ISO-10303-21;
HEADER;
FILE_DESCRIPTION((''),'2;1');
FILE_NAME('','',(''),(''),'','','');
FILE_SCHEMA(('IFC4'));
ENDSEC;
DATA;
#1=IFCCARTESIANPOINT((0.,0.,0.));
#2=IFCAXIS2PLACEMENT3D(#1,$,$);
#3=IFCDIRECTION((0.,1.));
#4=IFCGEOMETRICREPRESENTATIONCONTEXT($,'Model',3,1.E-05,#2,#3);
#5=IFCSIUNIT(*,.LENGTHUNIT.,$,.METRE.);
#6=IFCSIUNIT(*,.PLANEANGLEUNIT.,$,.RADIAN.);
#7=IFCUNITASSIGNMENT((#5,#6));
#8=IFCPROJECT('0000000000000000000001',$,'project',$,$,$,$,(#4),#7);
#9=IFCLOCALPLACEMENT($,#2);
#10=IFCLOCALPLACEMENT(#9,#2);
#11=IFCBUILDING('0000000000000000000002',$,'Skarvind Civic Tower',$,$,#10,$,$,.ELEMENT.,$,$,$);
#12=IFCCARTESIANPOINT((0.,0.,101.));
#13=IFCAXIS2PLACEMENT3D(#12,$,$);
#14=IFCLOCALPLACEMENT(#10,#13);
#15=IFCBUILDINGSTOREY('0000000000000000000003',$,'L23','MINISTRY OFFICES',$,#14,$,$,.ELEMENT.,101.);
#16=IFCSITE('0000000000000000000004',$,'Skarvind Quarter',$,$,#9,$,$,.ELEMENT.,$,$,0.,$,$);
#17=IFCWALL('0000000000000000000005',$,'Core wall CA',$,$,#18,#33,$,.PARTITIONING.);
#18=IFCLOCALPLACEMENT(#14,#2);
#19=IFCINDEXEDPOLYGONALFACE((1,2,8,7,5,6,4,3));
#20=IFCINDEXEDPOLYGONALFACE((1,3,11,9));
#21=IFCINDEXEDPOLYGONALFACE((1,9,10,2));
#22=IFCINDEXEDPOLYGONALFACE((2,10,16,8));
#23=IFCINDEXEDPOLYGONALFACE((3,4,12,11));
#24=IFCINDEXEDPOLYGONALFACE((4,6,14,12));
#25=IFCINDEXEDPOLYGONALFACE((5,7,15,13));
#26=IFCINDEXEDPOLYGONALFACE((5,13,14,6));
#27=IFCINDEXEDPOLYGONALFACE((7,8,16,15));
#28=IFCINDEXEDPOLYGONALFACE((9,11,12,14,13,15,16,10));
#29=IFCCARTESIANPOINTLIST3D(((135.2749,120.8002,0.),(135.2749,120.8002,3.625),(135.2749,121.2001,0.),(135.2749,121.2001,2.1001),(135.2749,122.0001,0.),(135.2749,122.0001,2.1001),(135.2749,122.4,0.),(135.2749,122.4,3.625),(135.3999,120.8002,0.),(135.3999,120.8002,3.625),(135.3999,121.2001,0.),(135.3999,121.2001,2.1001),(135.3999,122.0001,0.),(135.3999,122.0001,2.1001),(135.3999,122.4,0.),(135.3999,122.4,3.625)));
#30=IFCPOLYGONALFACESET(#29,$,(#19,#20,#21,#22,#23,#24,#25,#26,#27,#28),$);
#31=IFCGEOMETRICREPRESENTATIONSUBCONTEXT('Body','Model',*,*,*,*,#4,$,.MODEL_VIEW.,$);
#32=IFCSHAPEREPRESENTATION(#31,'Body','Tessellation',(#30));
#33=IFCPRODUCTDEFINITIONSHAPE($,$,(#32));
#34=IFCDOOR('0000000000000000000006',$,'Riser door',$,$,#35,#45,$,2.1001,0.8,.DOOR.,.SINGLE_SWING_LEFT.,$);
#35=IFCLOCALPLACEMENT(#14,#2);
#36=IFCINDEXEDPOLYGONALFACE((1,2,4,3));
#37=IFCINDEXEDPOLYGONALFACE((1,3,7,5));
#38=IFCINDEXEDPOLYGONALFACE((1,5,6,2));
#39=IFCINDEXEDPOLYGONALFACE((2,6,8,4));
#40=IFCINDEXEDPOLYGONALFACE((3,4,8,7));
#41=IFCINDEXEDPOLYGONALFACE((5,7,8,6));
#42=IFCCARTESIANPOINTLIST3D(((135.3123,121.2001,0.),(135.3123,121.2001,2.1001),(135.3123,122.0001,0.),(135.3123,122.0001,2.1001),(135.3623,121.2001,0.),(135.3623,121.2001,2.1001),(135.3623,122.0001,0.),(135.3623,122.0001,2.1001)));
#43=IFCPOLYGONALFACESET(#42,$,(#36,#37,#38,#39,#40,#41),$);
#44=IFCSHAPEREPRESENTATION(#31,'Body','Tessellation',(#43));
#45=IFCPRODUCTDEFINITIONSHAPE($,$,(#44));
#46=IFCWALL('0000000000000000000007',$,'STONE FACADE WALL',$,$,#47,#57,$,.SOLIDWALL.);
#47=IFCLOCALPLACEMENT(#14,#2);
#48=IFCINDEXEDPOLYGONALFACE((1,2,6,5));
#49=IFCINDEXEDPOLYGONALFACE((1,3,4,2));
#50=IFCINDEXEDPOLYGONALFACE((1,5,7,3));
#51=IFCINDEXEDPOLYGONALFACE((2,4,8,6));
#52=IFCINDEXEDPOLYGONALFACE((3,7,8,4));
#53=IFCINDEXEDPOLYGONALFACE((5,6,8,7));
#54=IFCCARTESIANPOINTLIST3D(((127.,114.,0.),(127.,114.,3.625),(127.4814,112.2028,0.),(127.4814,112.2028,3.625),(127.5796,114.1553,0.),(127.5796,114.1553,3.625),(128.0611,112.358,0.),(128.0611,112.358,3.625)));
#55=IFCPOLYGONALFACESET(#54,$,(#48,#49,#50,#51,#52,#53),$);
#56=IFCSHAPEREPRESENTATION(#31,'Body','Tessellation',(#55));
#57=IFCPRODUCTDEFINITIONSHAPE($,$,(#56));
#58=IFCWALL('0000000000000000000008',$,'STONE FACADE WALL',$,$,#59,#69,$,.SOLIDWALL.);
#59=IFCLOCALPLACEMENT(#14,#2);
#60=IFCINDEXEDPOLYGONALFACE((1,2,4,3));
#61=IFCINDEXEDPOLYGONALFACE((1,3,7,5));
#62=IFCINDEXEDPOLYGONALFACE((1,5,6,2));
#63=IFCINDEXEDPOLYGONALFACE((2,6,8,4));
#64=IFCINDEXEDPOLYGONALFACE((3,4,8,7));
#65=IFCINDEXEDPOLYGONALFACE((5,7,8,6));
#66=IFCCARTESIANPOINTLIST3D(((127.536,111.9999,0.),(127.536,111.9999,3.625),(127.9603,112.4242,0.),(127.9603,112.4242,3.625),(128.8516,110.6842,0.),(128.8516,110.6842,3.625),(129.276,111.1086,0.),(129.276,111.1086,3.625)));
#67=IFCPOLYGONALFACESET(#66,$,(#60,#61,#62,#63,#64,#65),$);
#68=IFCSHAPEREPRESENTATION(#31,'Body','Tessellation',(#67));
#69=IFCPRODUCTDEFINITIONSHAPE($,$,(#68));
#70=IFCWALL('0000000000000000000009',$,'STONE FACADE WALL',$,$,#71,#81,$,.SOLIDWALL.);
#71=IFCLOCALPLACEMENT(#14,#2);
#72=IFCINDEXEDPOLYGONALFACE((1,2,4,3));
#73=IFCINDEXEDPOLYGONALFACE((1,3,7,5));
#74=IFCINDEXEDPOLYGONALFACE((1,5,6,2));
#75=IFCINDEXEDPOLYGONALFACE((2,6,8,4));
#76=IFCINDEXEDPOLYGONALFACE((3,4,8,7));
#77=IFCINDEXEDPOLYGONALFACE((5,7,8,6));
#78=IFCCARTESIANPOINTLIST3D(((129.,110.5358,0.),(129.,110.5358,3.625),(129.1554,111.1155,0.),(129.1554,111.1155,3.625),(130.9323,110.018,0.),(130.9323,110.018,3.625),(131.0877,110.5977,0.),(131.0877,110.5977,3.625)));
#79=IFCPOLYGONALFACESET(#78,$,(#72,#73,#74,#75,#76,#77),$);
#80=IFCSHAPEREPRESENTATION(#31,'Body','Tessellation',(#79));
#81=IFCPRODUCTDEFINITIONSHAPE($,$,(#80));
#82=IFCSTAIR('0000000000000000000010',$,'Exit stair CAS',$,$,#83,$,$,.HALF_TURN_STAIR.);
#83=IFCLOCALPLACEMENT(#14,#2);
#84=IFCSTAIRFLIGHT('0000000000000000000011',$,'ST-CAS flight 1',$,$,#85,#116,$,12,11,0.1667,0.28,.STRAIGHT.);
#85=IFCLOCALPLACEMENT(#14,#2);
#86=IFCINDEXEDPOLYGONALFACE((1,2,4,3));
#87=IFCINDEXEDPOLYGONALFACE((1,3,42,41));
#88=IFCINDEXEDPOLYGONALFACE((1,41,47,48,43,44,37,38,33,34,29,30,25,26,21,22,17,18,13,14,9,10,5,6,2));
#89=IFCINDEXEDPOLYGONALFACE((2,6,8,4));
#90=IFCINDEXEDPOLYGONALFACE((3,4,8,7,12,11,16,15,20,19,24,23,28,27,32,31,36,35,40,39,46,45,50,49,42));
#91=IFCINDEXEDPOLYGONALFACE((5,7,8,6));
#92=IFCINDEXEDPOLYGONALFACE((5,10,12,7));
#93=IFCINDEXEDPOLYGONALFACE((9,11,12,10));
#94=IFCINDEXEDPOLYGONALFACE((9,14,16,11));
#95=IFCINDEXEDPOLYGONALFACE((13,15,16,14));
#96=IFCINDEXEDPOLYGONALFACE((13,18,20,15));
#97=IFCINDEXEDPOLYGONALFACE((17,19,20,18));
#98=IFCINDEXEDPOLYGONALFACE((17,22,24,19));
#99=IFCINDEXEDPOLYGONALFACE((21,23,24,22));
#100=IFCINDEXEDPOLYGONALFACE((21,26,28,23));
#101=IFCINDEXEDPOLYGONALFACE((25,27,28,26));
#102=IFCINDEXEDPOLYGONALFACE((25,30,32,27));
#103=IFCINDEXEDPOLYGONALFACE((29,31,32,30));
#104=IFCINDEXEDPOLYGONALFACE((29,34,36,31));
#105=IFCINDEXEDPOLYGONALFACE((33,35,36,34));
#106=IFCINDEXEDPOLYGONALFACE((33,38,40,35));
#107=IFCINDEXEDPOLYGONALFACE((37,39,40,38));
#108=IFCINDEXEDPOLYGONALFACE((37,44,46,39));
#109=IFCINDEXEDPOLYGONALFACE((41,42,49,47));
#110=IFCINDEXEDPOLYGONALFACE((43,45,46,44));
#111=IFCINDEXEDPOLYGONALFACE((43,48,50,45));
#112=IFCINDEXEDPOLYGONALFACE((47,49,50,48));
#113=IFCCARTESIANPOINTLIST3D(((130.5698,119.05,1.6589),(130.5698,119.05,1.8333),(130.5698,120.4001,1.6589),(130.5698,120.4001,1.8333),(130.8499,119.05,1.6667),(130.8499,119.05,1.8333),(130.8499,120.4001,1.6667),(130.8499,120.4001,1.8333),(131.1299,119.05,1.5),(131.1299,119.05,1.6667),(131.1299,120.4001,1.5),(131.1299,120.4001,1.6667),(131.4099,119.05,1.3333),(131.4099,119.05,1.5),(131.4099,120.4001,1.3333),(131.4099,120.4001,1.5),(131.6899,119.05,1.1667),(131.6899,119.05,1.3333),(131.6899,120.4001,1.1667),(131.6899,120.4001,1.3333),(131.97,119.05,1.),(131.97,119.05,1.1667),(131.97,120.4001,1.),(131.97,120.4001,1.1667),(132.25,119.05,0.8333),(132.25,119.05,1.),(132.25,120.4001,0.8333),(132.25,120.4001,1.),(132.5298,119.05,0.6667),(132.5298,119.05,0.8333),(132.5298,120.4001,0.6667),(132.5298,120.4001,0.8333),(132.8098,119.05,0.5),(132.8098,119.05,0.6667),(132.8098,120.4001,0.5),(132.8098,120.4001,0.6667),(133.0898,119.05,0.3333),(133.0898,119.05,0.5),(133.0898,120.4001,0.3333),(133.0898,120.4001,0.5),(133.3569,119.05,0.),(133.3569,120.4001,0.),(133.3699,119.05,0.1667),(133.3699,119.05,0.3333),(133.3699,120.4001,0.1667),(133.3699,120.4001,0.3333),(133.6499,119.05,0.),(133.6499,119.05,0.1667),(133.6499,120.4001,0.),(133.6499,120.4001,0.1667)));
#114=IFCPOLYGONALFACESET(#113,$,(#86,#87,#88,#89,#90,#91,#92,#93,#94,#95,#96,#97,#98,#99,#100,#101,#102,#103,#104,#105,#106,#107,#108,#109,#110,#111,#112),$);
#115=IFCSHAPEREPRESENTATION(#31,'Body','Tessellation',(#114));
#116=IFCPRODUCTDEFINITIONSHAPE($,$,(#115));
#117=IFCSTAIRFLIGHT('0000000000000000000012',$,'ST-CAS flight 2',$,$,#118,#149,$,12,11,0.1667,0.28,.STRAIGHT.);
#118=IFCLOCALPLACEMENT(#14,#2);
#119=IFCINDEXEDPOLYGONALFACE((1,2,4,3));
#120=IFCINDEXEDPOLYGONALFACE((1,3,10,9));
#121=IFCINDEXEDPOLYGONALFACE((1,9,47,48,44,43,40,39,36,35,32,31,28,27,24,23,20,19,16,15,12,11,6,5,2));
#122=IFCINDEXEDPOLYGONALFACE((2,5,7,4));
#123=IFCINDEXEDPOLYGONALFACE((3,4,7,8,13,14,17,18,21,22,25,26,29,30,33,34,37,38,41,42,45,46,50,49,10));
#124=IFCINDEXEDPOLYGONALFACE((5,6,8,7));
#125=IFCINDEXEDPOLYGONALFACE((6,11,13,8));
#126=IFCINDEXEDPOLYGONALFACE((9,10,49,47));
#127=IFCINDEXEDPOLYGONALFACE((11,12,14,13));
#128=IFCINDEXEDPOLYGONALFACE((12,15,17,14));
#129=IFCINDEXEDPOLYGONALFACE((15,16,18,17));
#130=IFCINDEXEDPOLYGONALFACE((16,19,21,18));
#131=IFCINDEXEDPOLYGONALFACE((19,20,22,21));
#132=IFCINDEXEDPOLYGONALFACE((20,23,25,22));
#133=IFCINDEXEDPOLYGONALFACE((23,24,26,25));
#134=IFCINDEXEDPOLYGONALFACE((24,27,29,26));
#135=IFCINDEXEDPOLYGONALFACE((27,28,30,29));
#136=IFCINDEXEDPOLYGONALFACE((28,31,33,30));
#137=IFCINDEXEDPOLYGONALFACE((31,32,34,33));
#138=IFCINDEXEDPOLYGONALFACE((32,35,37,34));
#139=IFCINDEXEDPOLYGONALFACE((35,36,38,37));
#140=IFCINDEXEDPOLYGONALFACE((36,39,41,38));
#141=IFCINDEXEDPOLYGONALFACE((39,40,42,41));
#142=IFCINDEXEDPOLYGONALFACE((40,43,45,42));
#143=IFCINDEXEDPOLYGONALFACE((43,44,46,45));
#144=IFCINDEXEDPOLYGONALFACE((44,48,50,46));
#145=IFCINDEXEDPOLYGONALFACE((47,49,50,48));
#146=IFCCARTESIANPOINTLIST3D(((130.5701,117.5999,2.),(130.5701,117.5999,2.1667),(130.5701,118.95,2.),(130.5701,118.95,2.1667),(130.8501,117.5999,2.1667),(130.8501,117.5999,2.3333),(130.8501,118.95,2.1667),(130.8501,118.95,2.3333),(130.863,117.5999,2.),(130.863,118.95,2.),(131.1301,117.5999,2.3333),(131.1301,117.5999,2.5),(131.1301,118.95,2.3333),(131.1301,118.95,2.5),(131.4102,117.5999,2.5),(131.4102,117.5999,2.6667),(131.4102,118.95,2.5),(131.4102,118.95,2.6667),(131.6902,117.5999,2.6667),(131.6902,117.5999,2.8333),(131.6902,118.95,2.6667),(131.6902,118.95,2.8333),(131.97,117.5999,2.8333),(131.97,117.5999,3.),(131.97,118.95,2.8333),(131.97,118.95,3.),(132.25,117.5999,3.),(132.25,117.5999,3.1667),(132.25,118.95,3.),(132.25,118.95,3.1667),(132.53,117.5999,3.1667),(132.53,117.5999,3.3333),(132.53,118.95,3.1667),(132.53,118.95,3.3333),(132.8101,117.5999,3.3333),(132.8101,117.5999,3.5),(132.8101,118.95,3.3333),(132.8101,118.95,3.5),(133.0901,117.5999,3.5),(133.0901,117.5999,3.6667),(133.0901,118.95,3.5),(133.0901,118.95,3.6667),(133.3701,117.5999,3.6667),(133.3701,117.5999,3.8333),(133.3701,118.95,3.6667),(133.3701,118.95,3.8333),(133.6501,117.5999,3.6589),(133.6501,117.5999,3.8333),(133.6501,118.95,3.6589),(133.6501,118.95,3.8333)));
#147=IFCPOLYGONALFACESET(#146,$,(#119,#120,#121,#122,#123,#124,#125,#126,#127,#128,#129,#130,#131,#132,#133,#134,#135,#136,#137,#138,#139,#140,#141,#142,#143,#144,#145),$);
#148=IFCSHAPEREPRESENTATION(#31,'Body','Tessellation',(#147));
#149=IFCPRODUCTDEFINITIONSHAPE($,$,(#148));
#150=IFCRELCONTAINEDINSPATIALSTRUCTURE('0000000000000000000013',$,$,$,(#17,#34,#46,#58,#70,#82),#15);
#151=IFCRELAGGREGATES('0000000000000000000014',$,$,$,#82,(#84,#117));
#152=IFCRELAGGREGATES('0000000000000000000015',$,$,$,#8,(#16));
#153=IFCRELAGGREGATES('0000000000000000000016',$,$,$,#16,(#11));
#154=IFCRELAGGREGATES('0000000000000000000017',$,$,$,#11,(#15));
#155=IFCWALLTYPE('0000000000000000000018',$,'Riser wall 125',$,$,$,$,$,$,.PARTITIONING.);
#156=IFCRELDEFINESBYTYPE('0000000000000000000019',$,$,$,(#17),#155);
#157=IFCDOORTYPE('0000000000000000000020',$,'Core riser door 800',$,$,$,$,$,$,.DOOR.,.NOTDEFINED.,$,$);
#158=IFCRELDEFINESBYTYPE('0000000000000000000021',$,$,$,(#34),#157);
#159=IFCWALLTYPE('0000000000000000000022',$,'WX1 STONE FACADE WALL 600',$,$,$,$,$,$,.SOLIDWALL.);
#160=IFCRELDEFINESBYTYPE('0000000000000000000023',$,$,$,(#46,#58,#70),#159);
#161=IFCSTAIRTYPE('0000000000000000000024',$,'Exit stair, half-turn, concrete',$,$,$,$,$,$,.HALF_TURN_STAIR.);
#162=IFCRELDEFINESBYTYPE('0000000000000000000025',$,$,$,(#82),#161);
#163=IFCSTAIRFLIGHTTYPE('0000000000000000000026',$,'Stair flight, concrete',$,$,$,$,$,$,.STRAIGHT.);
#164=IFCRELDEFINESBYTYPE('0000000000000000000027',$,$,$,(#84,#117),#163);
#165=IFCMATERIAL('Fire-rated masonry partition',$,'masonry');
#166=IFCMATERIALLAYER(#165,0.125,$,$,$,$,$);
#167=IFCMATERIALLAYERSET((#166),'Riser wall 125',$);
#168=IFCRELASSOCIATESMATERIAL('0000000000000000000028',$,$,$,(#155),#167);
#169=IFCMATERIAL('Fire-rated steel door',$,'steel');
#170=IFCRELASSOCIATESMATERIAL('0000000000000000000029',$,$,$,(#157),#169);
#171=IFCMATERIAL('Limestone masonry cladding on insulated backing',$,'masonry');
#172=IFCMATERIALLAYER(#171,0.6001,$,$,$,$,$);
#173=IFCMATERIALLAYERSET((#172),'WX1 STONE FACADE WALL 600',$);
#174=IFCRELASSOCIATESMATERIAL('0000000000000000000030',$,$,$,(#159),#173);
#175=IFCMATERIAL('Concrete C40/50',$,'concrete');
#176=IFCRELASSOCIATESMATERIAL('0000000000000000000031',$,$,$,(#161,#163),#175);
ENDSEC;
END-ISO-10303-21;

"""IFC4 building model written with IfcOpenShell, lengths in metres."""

from ifc_helpers import new_model, si_unit, direction, frame, frame_2d, origin, place, context, subcontext, project, spatial, polyline, rectangle, outline, extrude, material, layer, layer_set, type_object, element, fill, aggregate, save


model = new_model("IFC4")

# Units and contexts
model_context = context("Model", 3, precision=1e-05, world=origin(), true_north=direction((0.0, 1.0)))
body_context = subcontext(model_context, "Body", "Model", "MODEL_VIEW")
ifc_project = project(units=[si_unit("LENGTHUNIT", "METRE"), si_unit("PLANEANGLEUNIT", "RADIAN")], contexts=[model_context])

# Site, building, storey
site_placement = place(None, origin())
site = spatial("IfcSite", under=ifc_project, at=site_placement, Name="Skarvind Quarter", CompositionType="ELEMENT", RefElevation=0.0)
building_placement = place(site_placement, origin())
building = spatial("IfcBuilding", under=site, at=building_placement, Name="Skarvind Civic Tower", CompositionType="ELEMENT")
storey_placement = place(building_placement, frame((0.0, 0.0, 101.0)))
storey = spatial("IfcBuildingStorey", under=building, at=storey_placement, Name="L23", Description="MINISTRY OFFICES", CompositionType="ELEMENT", Elevation=101.0)

# Shared definitions
ifc_material_1 = material(Name="Fire-rated steel door", Category="steel")

# Wall, opening, door
ifc_material_2 = material(Name="Fire-rated masonry partition", Category="masonry")
ifc_layer_1 = layer(ifc_material_2, 0.125)
ifc_layer_set_1 = layer_set([ifc_layer_1], Name="Riser wall 125")
wall_type_1 = type_object("IfcWallType", Name="Riser wall 125", PredefinedType="PARTITIONING", material=ifc_layer_set_1)
wall_1_placement = place(storey_placement, frame((135.3374, 122.3999, 0.0), z_axis=(0.0, 0.0, 1.0), x_axis=(0.0, -1.0, 0.0)))
wall_1 = element("IfcWall", 1, at=wall_1_placement, inside=storey, type_object=wall_type_1, Name="Core wall CA", PredefinedType="PARTITIONING", context=body_context, shape_type="SweptSolid", body=[
    extrude(rectangle(XDim=1.5999, YDim=0.125, at=frame_2d((0.7998, 0.0))), origin(), (0.0, 0.0, 1.0), 3.625),
])
opening_1_placement = place(wall_1_placement, frame((0.3999, 0.0, 0.0)))
opening_1 = element("IfcOpeningElement", 2, at=opening_1_placement, cuts=wall_1, PredefinedType="OPENING", context=body_context, shape_type="SweptSolid", body=[
    extrude(rectangle(XDim=0.8, YDim=2.1001, at=frame_2d((0.3999, 1.05))), frame((0.0, 0.0725, 0.0), z_axis=(0.0, -1.0, 0.0), x_axis=(1.0, 0.0, 0.0)), (0.0, 0.0, 1.0), 0.145),
])
door_type_1 = type_object("IfcDoorType", Name="Core riser door 800", OperationType="NOTDEFINED", PredefinedType="DOOR", material=ifc_material_1)
door_1_placement = place(opening_1_placement, origin())
door_1 = element("IfcDoor", 3, at=door_1_placement, inside=storey, type_object=door_type_1, Name="Riser door", OperationType="SINGLE_SWING_LEFT", OverallHeight=2.1001, OverallWidth=0.8, PredefinedType="DOOR", context=body_context, shape_type="SweptSolid", body=[
    extrude(rectangle(XDim=0.8, YDim=2.1001, at=frame_2d((0.3999, 1.05))), frame((0.0, 0.0249, 0.0), z_axis=(0.0, -1.0, 0.0), x_axis=(1.0, 0.0, 0.0)), (0.0, 0.0, 1.0), 0.05),
])
fill(opening_1, door_1)

# Walls
ifc_material_3 = material(Name="Limestone masonry cladding on insulated backing", Category="masonry")
ifc_layer_2 = layer(ifc_material_3, 0.6001)
ifc_layer_set_2 = layer_set([ifc_layer_2], Name="WX1 STONE FACADE WALL 600")
wall_type_2 = type_object("IfcWallType", Name="WX1 STONE FACADE WALL 600", PredefinedType="SOLIDWALL", material=ifc_layer_set_2)
for number, where, z_axis, x_axis, name in (
    (4, (127.7712, 112.2805, 0.0), (0.0, 0.0, 1.0), (-0.258773, 0.965938, 0.0), "STONE FACADE WALL"),
    (5, (129.0637, 110.8965, 0.0), (0.0, 0.0, 1.0), (-0.707107, 0.707107, 0.0), "STONE FACADE WALL"),
):
    element("IfcWall", number, at=place(storey_placement, frame(where, z_axis=z_axis, x_axis=x_axis)), inside=storey, type_object=wall_type_2, Name=name, PredefinedType="SOLIDWALL", context=body_context, shape_type="SweptSolid", body=[
        extrude(rectangle(XDim=1.8606, YDim=0.6001, at=frame_2d((0.9302, 0.0))), origin(), (0.0, 0.0, 1.0), 3.625),
    ])
wall_2_placement = place(storey_placement, frame((131.01, 110.3079, 0.0), z_axis=(0.0, 0.0, 1.0), x_axis=(-0.96592, 0.25884, 0.0)))
element("IfcWall", 6, at=wall_2_placement, inside=storey, type_object=wall_type_2, Name="STONE FACADE WALL", PredefinedType="SOLIDWALL", context=body_context, shape_type="SweptSolid", body=[
    extrude(rectangle(XDim=2.0005, YDim=0.6001, at=frame_2d((1.0002, 0.0))), origin(), (0.0, 0.0, 1.0), 3.625),
])

# Stair, stair flights
ifc_material_4 = material(Name="Concrete C40/50", Category="concrete")
stair_type = type_object("IfcStairType", Name="Exit stair, half-turn, concrete", PredefinedType="HALF_TURN_STAIR", material=ifc_material_4)
stair_placement = place(storey_placement, origin())
stair = element("IfcStair", 7, at=stair_placement, inside=storey, type_object=stair_type, Name="Exit stair CAS", PredefinedType="HALF_TURN_STAIR")
stair_flight_type = type_object("IfcStairFlightType", Name="Stair flight, concrete", PredefinedType="STRAIGHT", material=ifc_material_4)
stair_flight_1_placement = place(storey_placement, frame((133.6499, 119.7251, 0.0), z_axis=(0.0, 0.0, 1.0), x_axis=(-1.0, 0.0, 0.0)))
stair_flight_1 = element("IfcStairFlight", 8, at=stair_flight_1_placement, type_object=stair_flight_type, Name="ST-CAS flight 1", NumberOfRisers=12, NumberOfTreads=11, PredefinedType="STRAIGHT", RiserHeight=0.1667, TreadLength=0.28, context=body_context, shape_type="SweptSolid", body=[
    extrude(outline(polyline([(0.0, 0.0), (0.0, 0.1667), (0.28, 0.1667), (0.28, 0.3333), (0.5601, 0.3333), (0.5601, 0.5), (0.8401, 0.5), (0.8401, 0.6667), (1.1201, 0.6667), (1.1201, 0.8333), (1.3999, 0.8333), (1.3999, 1.0), (1.6799, 1.0), (1.6799, 1.1667), (1.96, 1.1667), (1.96, 1.3333), (2.24, 1.3333), (2.24, 1.5), (2.52, 1.5), (2.52, 1.6667), (2.8, 1.6667), (2.8, 1.8333), (3.0801, 1.8333), (3.0801, 2.0), (3.0801, 1.6589), (0.293, 0.0), (0.0, 0.0)])), frame((0.0, 0.675, 0.0), z_axis=(0.0, -1.0, 0.0), x_axis=(1.0, 0.0, 0.0)), (0.0, 0.0, 1.0), 1.3501),
])
stair_flight_2_placement = place(storey_placement, frame((130.5701, 118.2749, 2.0), z_axis=(0.0, 0.0, 1.0), x_axis=(1.0, 0.0, 0.0)))
stair_flight_2 = element("IfcStairFlight", 9, at=stair_flight_2_placement, type_object=stair_flight_type, Name="ST-CAS flight 2", NumberOfRisers=12, NumberOfTreads=11, PredefinedType="STRAIGHT", RiserHeight=0.1667, TreadLength=0.28, context=body_context, shape_type="SweptSolid", body=[
    extrude(outline(polyline([(0.0, 0.0), (0.0, 0.1667), (0.28, 0.1667), (0.28, 0.3333), (0.5601, 0.3333), (0.5601, 0.5), (0.8401, 0.5), (0.8401, 0.6667), (1.1201, 0.6667), (1.1201, 0.8333), (1.3999, 0.8333), (1.3999, 1.0), (1.6799, 1.0), (1.6799, 1.1667), (1.96, 1.1667), (1.96, 1.3333), (2.24, 1.3333), (2.24, 1.5), (2.52, 1.5), (2.52, 1.6667), (2.8, 1.6667), (2.8, 1.8333), (3.0801, 1.8333), (3.0801, 2.0), (3.0801, 1.6589), (0.293, 0.0), (0.0, 0.0)])), frame((0.0, 0.675, 0.0), z_axis=(0.0, -1.0, 0.0), x_axis=(1.0, 0.0, 0.0)), (0.0, 0.0, 1.0), 1.3501),
])
aggregate(stair, [stair_flight_1, stair_flight_2])

save(model, "model.ifc")
